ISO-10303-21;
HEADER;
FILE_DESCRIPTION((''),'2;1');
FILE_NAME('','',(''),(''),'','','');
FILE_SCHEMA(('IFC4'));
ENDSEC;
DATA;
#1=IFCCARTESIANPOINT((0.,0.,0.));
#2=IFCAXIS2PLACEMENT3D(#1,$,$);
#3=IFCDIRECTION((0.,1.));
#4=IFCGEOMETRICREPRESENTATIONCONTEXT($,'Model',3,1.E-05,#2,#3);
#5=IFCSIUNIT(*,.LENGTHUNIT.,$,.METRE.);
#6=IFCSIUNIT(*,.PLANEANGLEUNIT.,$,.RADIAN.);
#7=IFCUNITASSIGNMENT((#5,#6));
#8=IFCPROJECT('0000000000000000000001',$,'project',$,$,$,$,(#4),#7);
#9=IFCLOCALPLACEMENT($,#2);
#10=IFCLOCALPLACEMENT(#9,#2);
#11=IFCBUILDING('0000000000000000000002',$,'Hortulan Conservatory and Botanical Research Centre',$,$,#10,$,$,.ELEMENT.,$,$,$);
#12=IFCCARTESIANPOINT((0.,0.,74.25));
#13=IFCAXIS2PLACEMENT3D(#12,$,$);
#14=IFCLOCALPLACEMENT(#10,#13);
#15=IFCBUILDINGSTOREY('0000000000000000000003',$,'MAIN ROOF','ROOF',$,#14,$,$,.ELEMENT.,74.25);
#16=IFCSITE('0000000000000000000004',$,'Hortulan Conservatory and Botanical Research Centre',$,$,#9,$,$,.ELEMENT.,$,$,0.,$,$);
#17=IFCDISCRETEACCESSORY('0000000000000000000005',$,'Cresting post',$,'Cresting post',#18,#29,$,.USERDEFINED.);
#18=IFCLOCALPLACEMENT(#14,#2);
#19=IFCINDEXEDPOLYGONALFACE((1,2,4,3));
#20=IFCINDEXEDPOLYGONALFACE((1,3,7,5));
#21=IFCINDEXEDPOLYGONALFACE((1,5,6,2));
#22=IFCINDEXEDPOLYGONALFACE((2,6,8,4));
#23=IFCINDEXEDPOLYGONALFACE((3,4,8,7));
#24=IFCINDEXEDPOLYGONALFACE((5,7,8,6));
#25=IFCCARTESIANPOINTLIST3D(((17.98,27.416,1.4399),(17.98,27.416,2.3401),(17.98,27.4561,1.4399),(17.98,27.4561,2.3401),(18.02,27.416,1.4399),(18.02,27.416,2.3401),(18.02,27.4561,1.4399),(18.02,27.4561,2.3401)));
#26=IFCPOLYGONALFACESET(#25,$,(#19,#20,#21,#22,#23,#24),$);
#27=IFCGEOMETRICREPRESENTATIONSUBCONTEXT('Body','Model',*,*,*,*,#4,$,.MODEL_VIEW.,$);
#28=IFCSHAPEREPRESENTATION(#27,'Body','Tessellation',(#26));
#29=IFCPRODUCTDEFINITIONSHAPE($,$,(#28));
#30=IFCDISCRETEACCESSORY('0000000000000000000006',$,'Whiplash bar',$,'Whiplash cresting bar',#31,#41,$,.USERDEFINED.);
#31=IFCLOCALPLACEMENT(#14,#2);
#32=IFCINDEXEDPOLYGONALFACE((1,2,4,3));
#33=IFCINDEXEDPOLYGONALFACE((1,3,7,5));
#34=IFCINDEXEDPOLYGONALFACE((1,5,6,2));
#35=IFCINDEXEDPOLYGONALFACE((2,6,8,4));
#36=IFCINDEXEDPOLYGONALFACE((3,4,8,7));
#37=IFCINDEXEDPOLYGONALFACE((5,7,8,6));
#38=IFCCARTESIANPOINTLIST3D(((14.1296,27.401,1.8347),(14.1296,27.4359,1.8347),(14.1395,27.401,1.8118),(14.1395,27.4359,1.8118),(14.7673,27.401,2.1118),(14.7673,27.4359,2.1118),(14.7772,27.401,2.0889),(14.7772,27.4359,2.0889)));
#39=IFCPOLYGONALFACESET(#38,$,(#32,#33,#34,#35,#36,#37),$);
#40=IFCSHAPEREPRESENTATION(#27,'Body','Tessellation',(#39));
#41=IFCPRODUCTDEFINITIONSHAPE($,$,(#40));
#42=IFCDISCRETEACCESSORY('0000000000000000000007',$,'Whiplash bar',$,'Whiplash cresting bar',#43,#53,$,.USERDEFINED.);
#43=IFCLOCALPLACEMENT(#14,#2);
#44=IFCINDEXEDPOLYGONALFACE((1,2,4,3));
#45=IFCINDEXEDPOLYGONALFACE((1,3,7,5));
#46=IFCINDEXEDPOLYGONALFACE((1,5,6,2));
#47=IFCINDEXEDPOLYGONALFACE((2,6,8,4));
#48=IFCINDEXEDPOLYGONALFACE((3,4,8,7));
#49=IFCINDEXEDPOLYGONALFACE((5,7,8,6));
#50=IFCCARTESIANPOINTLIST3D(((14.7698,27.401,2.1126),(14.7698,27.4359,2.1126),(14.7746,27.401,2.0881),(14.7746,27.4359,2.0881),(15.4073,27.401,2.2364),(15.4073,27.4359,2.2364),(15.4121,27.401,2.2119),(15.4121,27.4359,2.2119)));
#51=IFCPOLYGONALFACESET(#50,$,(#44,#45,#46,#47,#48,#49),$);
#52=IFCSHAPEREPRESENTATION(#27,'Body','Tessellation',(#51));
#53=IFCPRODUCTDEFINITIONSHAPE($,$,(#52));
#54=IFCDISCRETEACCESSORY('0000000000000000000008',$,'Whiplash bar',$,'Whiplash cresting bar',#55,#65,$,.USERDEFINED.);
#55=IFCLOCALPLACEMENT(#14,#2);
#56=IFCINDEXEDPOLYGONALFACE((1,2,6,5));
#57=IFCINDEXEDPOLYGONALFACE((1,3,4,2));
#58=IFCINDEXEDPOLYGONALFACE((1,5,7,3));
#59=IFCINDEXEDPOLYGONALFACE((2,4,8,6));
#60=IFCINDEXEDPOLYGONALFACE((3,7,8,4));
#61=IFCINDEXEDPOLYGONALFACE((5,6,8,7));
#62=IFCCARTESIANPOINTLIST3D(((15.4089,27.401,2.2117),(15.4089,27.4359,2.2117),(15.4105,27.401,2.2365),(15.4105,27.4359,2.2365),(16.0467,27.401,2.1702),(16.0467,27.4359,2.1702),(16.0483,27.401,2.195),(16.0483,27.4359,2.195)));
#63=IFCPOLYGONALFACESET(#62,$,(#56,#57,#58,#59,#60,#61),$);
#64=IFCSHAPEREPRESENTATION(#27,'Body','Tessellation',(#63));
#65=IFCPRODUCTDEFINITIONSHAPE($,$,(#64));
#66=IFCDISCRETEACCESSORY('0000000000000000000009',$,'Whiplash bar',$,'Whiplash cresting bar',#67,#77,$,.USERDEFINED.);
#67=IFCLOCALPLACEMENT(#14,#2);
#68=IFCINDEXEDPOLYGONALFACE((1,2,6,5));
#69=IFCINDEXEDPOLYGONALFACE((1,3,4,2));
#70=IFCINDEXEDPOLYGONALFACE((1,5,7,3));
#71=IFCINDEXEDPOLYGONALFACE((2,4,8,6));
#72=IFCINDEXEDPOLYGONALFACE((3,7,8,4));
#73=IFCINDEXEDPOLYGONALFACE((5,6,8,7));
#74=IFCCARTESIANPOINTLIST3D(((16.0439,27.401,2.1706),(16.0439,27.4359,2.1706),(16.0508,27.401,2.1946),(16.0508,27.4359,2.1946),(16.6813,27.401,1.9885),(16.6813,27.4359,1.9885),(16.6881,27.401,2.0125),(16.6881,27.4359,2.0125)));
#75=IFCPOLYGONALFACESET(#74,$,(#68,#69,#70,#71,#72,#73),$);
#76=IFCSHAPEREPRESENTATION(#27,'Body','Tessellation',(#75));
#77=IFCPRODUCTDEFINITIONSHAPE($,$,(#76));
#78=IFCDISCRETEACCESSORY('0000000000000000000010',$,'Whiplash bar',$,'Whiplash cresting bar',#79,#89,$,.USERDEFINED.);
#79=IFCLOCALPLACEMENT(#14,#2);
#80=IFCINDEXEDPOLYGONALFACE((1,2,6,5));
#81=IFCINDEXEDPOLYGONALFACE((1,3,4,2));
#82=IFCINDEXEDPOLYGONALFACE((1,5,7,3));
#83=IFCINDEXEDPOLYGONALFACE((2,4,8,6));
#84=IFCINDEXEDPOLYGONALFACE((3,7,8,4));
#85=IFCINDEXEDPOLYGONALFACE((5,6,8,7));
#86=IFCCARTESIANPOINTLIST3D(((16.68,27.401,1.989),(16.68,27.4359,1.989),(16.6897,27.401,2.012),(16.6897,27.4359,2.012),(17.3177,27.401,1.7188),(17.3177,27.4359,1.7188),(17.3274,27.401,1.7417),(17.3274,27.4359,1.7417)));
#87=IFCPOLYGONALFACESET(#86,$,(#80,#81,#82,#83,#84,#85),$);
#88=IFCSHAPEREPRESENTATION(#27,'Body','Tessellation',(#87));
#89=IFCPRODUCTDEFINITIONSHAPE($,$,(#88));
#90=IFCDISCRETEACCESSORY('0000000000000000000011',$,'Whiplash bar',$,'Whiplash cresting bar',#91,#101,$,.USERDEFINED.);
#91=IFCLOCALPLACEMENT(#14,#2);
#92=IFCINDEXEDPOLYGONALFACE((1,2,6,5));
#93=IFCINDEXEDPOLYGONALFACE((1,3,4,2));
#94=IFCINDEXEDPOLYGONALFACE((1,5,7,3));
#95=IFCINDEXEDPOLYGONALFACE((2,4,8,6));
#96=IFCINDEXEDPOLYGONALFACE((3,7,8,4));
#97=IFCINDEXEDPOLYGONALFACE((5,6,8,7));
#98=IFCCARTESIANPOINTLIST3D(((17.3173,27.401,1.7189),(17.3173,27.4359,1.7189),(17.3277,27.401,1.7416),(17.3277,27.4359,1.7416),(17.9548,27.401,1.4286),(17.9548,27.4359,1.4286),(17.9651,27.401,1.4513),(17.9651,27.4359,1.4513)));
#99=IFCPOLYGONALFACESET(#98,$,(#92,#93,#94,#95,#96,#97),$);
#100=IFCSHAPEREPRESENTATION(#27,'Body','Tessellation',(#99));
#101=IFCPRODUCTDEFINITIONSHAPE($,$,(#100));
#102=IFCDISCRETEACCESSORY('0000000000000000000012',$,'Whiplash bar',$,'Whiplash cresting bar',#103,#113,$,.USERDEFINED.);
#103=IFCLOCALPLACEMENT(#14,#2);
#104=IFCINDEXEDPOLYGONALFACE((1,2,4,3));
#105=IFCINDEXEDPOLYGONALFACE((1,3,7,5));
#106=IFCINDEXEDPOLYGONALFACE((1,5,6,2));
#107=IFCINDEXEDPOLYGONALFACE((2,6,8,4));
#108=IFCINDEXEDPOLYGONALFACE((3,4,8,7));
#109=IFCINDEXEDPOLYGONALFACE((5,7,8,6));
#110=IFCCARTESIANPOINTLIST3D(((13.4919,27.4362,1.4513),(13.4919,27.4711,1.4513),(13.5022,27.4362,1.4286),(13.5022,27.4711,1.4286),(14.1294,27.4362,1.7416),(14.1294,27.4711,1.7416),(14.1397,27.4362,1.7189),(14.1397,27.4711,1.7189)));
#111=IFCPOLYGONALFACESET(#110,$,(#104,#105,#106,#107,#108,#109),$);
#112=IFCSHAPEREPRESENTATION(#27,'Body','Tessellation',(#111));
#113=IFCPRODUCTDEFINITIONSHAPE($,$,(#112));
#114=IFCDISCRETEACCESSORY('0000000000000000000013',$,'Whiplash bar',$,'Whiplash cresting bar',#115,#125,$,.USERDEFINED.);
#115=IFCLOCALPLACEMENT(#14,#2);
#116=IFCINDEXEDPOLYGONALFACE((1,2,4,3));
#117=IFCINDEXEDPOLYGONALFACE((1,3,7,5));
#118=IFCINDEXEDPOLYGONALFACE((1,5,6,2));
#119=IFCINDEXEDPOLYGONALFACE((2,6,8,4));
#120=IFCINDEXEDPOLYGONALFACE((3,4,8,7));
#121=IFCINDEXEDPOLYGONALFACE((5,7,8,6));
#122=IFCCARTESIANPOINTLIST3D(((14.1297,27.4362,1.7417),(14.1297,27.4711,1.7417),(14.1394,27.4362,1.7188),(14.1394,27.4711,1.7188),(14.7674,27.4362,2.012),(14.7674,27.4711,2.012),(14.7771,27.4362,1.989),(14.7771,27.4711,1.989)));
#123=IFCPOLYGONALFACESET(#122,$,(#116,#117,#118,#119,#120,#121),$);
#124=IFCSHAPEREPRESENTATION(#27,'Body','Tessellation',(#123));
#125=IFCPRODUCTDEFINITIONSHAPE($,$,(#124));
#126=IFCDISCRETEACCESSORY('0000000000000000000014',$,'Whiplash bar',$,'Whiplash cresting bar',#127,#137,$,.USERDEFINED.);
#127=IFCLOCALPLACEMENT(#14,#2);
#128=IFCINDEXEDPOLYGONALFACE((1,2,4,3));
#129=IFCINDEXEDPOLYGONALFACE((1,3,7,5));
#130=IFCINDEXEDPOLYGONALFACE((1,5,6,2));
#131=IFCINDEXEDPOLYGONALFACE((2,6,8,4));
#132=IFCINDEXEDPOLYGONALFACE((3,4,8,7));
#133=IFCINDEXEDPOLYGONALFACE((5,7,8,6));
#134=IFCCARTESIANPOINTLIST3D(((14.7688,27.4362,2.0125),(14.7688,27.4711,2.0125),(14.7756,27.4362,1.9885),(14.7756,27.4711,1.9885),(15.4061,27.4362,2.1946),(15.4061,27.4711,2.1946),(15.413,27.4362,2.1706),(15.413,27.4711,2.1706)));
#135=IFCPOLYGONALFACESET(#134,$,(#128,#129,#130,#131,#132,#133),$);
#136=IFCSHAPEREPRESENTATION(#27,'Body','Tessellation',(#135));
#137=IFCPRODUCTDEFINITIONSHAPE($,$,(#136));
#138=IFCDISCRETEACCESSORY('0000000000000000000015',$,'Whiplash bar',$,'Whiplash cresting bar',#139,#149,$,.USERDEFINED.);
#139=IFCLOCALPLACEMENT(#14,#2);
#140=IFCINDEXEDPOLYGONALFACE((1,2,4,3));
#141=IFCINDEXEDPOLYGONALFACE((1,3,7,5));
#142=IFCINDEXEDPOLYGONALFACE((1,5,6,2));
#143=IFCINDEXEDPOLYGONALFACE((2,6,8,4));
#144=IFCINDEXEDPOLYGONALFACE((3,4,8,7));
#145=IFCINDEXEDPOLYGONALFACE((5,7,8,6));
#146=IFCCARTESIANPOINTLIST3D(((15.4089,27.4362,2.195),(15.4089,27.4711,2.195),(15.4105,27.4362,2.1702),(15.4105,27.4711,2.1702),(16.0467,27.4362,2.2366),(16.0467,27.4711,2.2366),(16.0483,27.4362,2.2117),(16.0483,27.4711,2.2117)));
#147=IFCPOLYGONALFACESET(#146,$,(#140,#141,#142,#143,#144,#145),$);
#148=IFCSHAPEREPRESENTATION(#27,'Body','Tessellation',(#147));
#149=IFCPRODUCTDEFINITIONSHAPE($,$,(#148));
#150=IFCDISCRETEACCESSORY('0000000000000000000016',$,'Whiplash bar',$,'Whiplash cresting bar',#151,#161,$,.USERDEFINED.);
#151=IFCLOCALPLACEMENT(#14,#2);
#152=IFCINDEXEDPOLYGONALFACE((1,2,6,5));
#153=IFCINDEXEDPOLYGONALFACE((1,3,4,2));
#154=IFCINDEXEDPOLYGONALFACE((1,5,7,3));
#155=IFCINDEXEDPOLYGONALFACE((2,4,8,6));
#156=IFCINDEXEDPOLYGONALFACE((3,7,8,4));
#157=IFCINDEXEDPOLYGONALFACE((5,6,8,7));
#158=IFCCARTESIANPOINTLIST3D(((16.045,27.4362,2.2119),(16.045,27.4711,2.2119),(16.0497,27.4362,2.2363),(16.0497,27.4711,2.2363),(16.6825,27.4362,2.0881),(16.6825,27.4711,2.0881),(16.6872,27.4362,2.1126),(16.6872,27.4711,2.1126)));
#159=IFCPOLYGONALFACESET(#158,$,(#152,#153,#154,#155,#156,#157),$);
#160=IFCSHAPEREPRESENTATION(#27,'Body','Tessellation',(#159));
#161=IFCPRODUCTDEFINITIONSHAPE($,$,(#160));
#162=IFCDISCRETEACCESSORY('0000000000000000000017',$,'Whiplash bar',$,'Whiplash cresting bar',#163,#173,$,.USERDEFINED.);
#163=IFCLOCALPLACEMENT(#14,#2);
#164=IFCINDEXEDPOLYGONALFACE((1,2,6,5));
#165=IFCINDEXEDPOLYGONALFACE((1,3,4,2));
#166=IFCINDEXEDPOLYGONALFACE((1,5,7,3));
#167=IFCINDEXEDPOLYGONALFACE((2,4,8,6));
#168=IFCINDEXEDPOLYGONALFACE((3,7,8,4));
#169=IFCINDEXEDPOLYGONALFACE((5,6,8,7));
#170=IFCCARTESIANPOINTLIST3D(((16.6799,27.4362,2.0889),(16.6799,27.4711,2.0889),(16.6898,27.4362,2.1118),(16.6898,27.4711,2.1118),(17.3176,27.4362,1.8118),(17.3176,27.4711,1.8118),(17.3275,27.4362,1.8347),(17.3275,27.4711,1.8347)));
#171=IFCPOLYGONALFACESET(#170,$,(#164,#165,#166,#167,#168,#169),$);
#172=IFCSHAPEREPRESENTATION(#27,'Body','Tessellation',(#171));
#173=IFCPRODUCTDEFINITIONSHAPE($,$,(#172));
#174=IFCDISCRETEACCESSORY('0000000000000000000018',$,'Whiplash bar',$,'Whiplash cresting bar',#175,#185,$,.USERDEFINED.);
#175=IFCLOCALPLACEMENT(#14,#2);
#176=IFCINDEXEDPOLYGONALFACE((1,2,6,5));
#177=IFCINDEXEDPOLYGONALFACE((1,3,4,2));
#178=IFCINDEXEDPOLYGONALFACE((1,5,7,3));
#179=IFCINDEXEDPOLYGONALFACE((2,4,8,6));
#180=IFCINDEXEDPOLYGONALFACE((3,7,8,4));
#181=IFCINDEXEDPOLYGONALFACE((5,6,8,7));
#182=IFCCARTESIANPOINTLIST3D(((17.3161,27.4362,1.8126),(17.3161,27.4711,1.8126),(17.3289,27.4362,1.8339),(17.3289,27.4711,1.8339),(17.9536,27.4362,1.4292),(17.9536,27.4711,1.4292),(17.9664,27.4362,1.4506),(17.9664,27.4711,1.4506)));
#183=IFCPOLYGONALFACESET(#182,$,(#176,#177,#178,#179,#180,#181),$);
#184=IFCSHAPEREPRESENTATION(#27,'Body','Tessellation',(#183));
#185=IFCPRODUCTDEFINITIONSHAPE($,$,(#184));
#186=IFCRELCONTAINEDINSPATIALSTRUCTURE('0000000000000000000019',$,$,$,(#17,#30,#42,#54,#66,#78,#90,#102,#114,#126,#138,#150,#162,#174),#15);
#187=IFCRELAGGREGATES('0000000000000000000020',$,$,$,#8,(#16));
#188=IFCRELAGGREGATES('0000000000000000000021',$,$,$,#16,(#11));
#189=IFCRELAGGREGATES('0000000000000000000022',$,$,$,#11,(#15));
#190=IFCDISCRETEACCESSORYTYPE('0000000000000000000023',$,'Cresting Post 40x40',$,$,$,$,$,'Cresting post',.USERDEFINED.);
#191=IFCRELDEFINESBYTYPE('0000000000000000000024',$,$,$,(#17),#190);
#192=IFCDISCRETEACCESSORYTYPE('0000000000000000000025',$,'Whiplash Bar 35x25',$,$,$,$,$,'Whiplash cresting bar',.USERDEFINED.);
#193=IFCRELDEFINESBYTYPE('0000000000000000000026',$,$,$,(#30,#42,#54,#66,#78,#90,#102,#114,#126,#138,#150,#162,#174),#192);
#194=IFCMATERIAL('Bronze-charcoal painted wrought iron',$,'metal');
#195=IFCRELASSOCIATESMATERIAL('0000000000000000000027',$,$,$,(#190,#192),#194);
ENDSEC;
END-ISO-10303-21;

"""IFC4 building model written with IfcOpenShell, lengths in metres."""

from ifc_helpers import new_model, si_unit, direction, frame, origin, origin_2d, place, context, subcontext, project, spatial, rectangle, extrude, material, material_profile, profile_set, type_object, element, save


model = new_model("IFC4")

# Units and contexts
model_context = context("Model", 3, precision=1e-05, world=origin(), true_north=direction((0.0, 1.0)))
body_context = subcontext(model_context, "Body", "Model", "MODEL_VIEW")
ifc_project = project(units=[si_unit("LENGTHUNIT", "METRE"), si_unit("PLANEANGLEUNIT", "RADIAN")], contexts=[model_context])

# Site, building, storey
site_placement = place(None, origin())
site = spatial("IfcSite", under=ifc_project, at=site_placement, Name="Hortulan Conservatory and Botanical Research Centre", CompositionType="ELEMENT", RefElevation=0.0)
building_placement = place(site_placement, origin())
building = spatial("IfcBuilding", under=site, at=building_placement, Name="Hortulan Conservatory and Botanical Research Centre", CompositionType="ELEMENT")
storey_placement = place(building_placement, frame((0.0, 0.0, 74.25)))
storey = spatial("IfcBuildingStorey", under=building, at=storey_placement, Name="MAIN ROOF", Description="ROOF", CompositionType="ELEMENT", Elevation=74.25)

# Discrete accessories
ifc_material = material(Name="Bronze-charcoal painted wrought iron", Category="metal")
ifc_material_profile_1 = material_profile(ifc_material, rectangle(XDim=0.04, YDim=0.04, at=origin_2d()), Name="Square bar 40x40")
ifc_profile_set_1 = profile_set([ifc_material_profile_1], Name="Bronze-charcoal painted wrought iron")
discrete_accessory_type_1 = type_object("IfcDiscreteAccessoryType", Name="Cresting Post 40x40", ElementType="Cresting post", PredefinedType="USERDEFINED", material=ifc_profile_set_1)
discrete_accessory_1_placement = place(storey_placement, frame((18.0, 27.436, 1.4399), z_axis=(0.0, 0.0, 1.0), x_axis=(1.0, 0.0, 0.0)))
element("IfcDiscreteAccessory", 1, at=discrete_accessory_1_placement, inside=storey, type_object=discrete_accessory_type_1, Name="Cresting post", ObjectType="Cresting post", PredefinedType="USERDEFINED", context=body_context, shape_type="SweptSolid", body=[
    extrude(rectangle(XDim=0.04, YDim=0.04, at=origin_2d()), origin(), (0.0, 0.0, 1.0), 0.9001),
])
ifc_material_profile_2 = material_profile(ifc_material, rectangle(XDim=0.0349, YDim=0.0249, at=origin_2d()), Name="Flat bar 35x25")
ifc_profile_set_2 = profile_set([ifc_material_profile_2], Name="Bronze-charcoal painted wrought iron")
discrete_accessory_type_2 = type_object("IfcDiscreteAccessoryType", Name="Whiplash Bar 35x25", ElementType="Whiplash cresting bar", PredefinedType="USERDEFINED", material=ifc_profile_set_2)
discrete_accessory_2_placement = place(storey_placement, frame((14.1345, 27.4185, 1.8232), z_axis=(0.917154, 0.0, 0.398534), x_axis=(0.0, 1.0, 0.0)))
element("IfcDiscreteAccessory", 2, at=discrete_accessory_2_placement, inside=storey, type_object=discrete_accessory_type_2, Name="Whiplash bar", ObjectType="Whiplash cresting bar", PredefinedType="USERDEFINED", context=body_context, shape_type="SweptSolid", body=[
    extrude(rectangle(XDim=0.0349, YDim=0.0249, at=origin_2d()), origin(), (0.0, 0.0, 1.0), 0.6953),
])
discrete_accessory_3_placement = place(storey_placement, frame((14.7722, 27.4185, 2.1003), z_axis=(0.981664, 0.0, 0.190618), x_axis=(0.0, 1.0, 0.0)))
element("IfcDiscreteAccessory", 3, at=discrete_accessory_3_placement, inside=storey, type_object=discrete_accessory_type_2, Name="Whiplash bar", ObjectType="Whiplash cresting bar", PredefinedType="USERDEFINED", context=body_context, shape_type="SweptSolid", body=[
    extrude(rectangle(XDim=0.0349, YDim=0.0249, at=origin_2d()), origin(), (0.0, 0.0, 1.0), 0.6494),
])
discrete_accessory_4_placement = place(storey_placement, frame((15.4097, 27.4185, 2.2241), z_axis=(0.997889, 0.0, -0.064947), x_axis=(0.0, 1.0, 0.0)))
element("IfcDiscreteAccessory", 4, at=discrete_accessory_4_placement, inside=storey, type_object=discrete_accessory_type_2, Name="Whiplash bar", ObjectType="Whiplash cresting bar", PredefinedType="USERDEFINED", context=body_context, shape_type="SweptSolid", body=[
    extrude(rectangle(XDim=0.0349, YDim=0.0249, at=origin_2d()), origin(), (0.0, 0.0, 1.0), 0.6392),
])
discrete_accessory_5_placement = place(storey_placement, frame((16.0474, 27.4185, 2.1826), z_axis=(0.961524, 0.0, -0.274721), x_axis=(0.0, 1.0, 0.0)))
element("IfcDiscreteAccessory", 5, at=discrete_accessory_5_placement, inside=storey, type_object=discrete_accessory_type_2, Name="Whiplash bar", ObjectType="Whiplash cresting bar", PredefinedType="USERDEFINED", context=body_context, shape_type="SweptSolid", body=[
    extrude(rectangle(XDim=0.0349, YDim=0.0249, at=origin_2d()), origin(), (0.0, 0.0, 1.0), 0.6628),
])
discrete_accessory_6_placement = place(storey_placement, frame((16.6848, 27.4185, 2.0005), z_axis=(0.920724, 0.0, -0.390215), x_axis=(0.0, 1.0, 0.0)))
element("IfcDiscreteAccessory", 6, at=discrete_accessory_6_placement, inside=storey, type_object=discrete_accessory_type_2, Name="Whiplash bar", ObjectType="Whiplash cresting bar", PredefinedType="USERDEFINED", context=body_context, shape_type="SweptSolid", body=[
    extrude(rectangle(XDim=0.0349, YDim=0.0249, at=origin_2d()), origin(), (0.0, 0.0, 1.0), 0.6926),
])
for number, where, z_axis, x_axis, name in (
    (7, (17.3225, 27.4185, 1.7302), (0.91008, 0.0, -0.414433), (0.0, 1.0, 0.0), "Whiplash bar"),
    (8, (13.4971, 27.4536, 1.4399), (0.91008, 0.0, 0.414433), (0.0, 1.0, 0.0), "Whiplash bar"),
):
    element("IfcDiscreteAccessory", number, at=place(storey_placement, frame(where, z_axis=z_axis, x_axis=x_axis)), inside=storey, type_object=discrete_accessory_type_2, Name=name, ObjectType="Whiplash cresting bar", PredefinedType="USERDEFINED", context=body_context, shape_type="SweptSolid", body=[
        extrude(rectangle(XDim=0.0349, YDim=0.0249, at=origin_2d()), origin(), (0.0, 0.0, 1.0), 0.7004),
    ])
discrete_accessory_7_placement = place(storey_placement, frame((14.1345, 27.4536, 1.7302), z_axis=(0.920724, 0.0, 0.390215), x_axis=(0.0, 1.0, 0.0)))
element("IfcDiscreteAccessory", 9, at=discrete_accessory_7_placement, inside=storey, type_object=discrete_accessory_type_2, Name="Whiplash bar", ObjectType="Whiplash cresting bar", PredefinedType="USERDEFINED", context=body_context, shape_type="SweptSolid", body=[
    extrude(rectangle(XDim=0.0349, YDim=0.0249, at=origin_2d()), origin(), (0.0, 0.0, 1.0), 0.6926),
])
discrete_accessory_8_placement = place(storey_placement, frame((14.7722, 27.4536, 2.0005), z_axis=(0.961524, 0.0, 0.274721), x_axis=(0.0, 1.0, 0.0)))
element("IfcDiscreteAccessory", 10, at=discrete_accessory_8_placement, inside=storey, type_object=discrete_accessory_type_2, Name="Whiplash bar", ObjectType="Whiplash cresting bar", PredefinedType="USERDEFINED", context=body_context, shape_type="SweptSolid", body=[
    extrude(rectangle(XDim=0.0349, YDim=0.0249, at=origin_2d()), origin(), (0.0, 0.0, 1.0), 0.6628),
])
discrete_accessory_9_placement = place(storey_placement, frame((15.4097, 27.4536, 2.1826), z_axis=(0.997889, 0.0, 0.064947), x_axis=(0.0, 1.0, 0.0)))
element("IfcDiscreteAccessory", 11, at=discrete_accessory_9_placement, inside=storey, type_object=discrete_accessory_type_2, Name="Whiplash bar", ObjectType="Whiplash cresting bar", PredefinedType="USERDEFINED", context=body_context, shape_type="SweptSolid", body=[
    extrude(rectangle(XDim=0.0349, YDim=0.0249, at=origin_2d()), origin(), (0.0, 0.0, 1.0), 0.6392),
])
discrete_accessory_10_placement = place(storey_placement, frame((16.0474, 27.4536, 2.2241), z_axis=(0.981664, 0.0, -0.190618), x_axis=(0.0, 1.0, 0.0)))
element("IfcDiscreteAccessory", 12, at=discrete_accessory_10_placement, inside=storey, type_object=discrete_accessory_type_2, Name="Whiplash bar", ObjectType="Whiplash cresting bar", PredefinedType="USERDEFINED", context=body_context, shape_type="SweptSolid", body=[
    extrude(rectangle(XDim=0.0349, YDim=0.0249, at=origin_2d()), origin(), (0.0, 0.0, 1.0), 0.6494),
])
discrete_accessory_11_placement = place(storey_placement, frame((16.6848, 27.4536, 2.1003), z_axis=(0.917154, 0.0, -0.398534), x_axis=(0.0, 1.0, 0.0)))
element("IfcDiscreteAccessory", 13, at=discrete_accessory_11_placement, inside=storey, type_object=discrete_accessory_type_2, Name="Whiplash bar", ObjectType="Whiplash cresting bar", PredefinedType="USERDEFINED", context=body_context, shape_type="SweptSolid", body=[
    extrude(rectangle(XDim=0.0349, YDim=0.0249, at=origin_2d()), origin(), (0.0, 0.0, 1.0), 0.6953),
])
for number, where, z_axis, x_axis, name in (
    (14, (17.3225, 27.4536, 1.8232), (0.857, 0.0, -0.515316), (0.0, 1.0, 0.0), "Whiplash bar"),
):
    element("IfcDiscreteAccessory", number, at=place(storey_placement, frame(where, z_axis=z_axis, x_axis=x_axis)), inside=storey, type_object=discrete_accessory_type_2, Name=name, ObjectType="Whiplash cresting bar", PredefinedType="USERDEFINED", context=body_context, shape_type="SweptSolid", body=[
        extrude(rectangle(XDim=0.0349, YDim=0.0249, at=origin_2d()), origin(), (0.0, 0.0, 1.0), 0.7439),
    ])

save(model, "model.ifc")
